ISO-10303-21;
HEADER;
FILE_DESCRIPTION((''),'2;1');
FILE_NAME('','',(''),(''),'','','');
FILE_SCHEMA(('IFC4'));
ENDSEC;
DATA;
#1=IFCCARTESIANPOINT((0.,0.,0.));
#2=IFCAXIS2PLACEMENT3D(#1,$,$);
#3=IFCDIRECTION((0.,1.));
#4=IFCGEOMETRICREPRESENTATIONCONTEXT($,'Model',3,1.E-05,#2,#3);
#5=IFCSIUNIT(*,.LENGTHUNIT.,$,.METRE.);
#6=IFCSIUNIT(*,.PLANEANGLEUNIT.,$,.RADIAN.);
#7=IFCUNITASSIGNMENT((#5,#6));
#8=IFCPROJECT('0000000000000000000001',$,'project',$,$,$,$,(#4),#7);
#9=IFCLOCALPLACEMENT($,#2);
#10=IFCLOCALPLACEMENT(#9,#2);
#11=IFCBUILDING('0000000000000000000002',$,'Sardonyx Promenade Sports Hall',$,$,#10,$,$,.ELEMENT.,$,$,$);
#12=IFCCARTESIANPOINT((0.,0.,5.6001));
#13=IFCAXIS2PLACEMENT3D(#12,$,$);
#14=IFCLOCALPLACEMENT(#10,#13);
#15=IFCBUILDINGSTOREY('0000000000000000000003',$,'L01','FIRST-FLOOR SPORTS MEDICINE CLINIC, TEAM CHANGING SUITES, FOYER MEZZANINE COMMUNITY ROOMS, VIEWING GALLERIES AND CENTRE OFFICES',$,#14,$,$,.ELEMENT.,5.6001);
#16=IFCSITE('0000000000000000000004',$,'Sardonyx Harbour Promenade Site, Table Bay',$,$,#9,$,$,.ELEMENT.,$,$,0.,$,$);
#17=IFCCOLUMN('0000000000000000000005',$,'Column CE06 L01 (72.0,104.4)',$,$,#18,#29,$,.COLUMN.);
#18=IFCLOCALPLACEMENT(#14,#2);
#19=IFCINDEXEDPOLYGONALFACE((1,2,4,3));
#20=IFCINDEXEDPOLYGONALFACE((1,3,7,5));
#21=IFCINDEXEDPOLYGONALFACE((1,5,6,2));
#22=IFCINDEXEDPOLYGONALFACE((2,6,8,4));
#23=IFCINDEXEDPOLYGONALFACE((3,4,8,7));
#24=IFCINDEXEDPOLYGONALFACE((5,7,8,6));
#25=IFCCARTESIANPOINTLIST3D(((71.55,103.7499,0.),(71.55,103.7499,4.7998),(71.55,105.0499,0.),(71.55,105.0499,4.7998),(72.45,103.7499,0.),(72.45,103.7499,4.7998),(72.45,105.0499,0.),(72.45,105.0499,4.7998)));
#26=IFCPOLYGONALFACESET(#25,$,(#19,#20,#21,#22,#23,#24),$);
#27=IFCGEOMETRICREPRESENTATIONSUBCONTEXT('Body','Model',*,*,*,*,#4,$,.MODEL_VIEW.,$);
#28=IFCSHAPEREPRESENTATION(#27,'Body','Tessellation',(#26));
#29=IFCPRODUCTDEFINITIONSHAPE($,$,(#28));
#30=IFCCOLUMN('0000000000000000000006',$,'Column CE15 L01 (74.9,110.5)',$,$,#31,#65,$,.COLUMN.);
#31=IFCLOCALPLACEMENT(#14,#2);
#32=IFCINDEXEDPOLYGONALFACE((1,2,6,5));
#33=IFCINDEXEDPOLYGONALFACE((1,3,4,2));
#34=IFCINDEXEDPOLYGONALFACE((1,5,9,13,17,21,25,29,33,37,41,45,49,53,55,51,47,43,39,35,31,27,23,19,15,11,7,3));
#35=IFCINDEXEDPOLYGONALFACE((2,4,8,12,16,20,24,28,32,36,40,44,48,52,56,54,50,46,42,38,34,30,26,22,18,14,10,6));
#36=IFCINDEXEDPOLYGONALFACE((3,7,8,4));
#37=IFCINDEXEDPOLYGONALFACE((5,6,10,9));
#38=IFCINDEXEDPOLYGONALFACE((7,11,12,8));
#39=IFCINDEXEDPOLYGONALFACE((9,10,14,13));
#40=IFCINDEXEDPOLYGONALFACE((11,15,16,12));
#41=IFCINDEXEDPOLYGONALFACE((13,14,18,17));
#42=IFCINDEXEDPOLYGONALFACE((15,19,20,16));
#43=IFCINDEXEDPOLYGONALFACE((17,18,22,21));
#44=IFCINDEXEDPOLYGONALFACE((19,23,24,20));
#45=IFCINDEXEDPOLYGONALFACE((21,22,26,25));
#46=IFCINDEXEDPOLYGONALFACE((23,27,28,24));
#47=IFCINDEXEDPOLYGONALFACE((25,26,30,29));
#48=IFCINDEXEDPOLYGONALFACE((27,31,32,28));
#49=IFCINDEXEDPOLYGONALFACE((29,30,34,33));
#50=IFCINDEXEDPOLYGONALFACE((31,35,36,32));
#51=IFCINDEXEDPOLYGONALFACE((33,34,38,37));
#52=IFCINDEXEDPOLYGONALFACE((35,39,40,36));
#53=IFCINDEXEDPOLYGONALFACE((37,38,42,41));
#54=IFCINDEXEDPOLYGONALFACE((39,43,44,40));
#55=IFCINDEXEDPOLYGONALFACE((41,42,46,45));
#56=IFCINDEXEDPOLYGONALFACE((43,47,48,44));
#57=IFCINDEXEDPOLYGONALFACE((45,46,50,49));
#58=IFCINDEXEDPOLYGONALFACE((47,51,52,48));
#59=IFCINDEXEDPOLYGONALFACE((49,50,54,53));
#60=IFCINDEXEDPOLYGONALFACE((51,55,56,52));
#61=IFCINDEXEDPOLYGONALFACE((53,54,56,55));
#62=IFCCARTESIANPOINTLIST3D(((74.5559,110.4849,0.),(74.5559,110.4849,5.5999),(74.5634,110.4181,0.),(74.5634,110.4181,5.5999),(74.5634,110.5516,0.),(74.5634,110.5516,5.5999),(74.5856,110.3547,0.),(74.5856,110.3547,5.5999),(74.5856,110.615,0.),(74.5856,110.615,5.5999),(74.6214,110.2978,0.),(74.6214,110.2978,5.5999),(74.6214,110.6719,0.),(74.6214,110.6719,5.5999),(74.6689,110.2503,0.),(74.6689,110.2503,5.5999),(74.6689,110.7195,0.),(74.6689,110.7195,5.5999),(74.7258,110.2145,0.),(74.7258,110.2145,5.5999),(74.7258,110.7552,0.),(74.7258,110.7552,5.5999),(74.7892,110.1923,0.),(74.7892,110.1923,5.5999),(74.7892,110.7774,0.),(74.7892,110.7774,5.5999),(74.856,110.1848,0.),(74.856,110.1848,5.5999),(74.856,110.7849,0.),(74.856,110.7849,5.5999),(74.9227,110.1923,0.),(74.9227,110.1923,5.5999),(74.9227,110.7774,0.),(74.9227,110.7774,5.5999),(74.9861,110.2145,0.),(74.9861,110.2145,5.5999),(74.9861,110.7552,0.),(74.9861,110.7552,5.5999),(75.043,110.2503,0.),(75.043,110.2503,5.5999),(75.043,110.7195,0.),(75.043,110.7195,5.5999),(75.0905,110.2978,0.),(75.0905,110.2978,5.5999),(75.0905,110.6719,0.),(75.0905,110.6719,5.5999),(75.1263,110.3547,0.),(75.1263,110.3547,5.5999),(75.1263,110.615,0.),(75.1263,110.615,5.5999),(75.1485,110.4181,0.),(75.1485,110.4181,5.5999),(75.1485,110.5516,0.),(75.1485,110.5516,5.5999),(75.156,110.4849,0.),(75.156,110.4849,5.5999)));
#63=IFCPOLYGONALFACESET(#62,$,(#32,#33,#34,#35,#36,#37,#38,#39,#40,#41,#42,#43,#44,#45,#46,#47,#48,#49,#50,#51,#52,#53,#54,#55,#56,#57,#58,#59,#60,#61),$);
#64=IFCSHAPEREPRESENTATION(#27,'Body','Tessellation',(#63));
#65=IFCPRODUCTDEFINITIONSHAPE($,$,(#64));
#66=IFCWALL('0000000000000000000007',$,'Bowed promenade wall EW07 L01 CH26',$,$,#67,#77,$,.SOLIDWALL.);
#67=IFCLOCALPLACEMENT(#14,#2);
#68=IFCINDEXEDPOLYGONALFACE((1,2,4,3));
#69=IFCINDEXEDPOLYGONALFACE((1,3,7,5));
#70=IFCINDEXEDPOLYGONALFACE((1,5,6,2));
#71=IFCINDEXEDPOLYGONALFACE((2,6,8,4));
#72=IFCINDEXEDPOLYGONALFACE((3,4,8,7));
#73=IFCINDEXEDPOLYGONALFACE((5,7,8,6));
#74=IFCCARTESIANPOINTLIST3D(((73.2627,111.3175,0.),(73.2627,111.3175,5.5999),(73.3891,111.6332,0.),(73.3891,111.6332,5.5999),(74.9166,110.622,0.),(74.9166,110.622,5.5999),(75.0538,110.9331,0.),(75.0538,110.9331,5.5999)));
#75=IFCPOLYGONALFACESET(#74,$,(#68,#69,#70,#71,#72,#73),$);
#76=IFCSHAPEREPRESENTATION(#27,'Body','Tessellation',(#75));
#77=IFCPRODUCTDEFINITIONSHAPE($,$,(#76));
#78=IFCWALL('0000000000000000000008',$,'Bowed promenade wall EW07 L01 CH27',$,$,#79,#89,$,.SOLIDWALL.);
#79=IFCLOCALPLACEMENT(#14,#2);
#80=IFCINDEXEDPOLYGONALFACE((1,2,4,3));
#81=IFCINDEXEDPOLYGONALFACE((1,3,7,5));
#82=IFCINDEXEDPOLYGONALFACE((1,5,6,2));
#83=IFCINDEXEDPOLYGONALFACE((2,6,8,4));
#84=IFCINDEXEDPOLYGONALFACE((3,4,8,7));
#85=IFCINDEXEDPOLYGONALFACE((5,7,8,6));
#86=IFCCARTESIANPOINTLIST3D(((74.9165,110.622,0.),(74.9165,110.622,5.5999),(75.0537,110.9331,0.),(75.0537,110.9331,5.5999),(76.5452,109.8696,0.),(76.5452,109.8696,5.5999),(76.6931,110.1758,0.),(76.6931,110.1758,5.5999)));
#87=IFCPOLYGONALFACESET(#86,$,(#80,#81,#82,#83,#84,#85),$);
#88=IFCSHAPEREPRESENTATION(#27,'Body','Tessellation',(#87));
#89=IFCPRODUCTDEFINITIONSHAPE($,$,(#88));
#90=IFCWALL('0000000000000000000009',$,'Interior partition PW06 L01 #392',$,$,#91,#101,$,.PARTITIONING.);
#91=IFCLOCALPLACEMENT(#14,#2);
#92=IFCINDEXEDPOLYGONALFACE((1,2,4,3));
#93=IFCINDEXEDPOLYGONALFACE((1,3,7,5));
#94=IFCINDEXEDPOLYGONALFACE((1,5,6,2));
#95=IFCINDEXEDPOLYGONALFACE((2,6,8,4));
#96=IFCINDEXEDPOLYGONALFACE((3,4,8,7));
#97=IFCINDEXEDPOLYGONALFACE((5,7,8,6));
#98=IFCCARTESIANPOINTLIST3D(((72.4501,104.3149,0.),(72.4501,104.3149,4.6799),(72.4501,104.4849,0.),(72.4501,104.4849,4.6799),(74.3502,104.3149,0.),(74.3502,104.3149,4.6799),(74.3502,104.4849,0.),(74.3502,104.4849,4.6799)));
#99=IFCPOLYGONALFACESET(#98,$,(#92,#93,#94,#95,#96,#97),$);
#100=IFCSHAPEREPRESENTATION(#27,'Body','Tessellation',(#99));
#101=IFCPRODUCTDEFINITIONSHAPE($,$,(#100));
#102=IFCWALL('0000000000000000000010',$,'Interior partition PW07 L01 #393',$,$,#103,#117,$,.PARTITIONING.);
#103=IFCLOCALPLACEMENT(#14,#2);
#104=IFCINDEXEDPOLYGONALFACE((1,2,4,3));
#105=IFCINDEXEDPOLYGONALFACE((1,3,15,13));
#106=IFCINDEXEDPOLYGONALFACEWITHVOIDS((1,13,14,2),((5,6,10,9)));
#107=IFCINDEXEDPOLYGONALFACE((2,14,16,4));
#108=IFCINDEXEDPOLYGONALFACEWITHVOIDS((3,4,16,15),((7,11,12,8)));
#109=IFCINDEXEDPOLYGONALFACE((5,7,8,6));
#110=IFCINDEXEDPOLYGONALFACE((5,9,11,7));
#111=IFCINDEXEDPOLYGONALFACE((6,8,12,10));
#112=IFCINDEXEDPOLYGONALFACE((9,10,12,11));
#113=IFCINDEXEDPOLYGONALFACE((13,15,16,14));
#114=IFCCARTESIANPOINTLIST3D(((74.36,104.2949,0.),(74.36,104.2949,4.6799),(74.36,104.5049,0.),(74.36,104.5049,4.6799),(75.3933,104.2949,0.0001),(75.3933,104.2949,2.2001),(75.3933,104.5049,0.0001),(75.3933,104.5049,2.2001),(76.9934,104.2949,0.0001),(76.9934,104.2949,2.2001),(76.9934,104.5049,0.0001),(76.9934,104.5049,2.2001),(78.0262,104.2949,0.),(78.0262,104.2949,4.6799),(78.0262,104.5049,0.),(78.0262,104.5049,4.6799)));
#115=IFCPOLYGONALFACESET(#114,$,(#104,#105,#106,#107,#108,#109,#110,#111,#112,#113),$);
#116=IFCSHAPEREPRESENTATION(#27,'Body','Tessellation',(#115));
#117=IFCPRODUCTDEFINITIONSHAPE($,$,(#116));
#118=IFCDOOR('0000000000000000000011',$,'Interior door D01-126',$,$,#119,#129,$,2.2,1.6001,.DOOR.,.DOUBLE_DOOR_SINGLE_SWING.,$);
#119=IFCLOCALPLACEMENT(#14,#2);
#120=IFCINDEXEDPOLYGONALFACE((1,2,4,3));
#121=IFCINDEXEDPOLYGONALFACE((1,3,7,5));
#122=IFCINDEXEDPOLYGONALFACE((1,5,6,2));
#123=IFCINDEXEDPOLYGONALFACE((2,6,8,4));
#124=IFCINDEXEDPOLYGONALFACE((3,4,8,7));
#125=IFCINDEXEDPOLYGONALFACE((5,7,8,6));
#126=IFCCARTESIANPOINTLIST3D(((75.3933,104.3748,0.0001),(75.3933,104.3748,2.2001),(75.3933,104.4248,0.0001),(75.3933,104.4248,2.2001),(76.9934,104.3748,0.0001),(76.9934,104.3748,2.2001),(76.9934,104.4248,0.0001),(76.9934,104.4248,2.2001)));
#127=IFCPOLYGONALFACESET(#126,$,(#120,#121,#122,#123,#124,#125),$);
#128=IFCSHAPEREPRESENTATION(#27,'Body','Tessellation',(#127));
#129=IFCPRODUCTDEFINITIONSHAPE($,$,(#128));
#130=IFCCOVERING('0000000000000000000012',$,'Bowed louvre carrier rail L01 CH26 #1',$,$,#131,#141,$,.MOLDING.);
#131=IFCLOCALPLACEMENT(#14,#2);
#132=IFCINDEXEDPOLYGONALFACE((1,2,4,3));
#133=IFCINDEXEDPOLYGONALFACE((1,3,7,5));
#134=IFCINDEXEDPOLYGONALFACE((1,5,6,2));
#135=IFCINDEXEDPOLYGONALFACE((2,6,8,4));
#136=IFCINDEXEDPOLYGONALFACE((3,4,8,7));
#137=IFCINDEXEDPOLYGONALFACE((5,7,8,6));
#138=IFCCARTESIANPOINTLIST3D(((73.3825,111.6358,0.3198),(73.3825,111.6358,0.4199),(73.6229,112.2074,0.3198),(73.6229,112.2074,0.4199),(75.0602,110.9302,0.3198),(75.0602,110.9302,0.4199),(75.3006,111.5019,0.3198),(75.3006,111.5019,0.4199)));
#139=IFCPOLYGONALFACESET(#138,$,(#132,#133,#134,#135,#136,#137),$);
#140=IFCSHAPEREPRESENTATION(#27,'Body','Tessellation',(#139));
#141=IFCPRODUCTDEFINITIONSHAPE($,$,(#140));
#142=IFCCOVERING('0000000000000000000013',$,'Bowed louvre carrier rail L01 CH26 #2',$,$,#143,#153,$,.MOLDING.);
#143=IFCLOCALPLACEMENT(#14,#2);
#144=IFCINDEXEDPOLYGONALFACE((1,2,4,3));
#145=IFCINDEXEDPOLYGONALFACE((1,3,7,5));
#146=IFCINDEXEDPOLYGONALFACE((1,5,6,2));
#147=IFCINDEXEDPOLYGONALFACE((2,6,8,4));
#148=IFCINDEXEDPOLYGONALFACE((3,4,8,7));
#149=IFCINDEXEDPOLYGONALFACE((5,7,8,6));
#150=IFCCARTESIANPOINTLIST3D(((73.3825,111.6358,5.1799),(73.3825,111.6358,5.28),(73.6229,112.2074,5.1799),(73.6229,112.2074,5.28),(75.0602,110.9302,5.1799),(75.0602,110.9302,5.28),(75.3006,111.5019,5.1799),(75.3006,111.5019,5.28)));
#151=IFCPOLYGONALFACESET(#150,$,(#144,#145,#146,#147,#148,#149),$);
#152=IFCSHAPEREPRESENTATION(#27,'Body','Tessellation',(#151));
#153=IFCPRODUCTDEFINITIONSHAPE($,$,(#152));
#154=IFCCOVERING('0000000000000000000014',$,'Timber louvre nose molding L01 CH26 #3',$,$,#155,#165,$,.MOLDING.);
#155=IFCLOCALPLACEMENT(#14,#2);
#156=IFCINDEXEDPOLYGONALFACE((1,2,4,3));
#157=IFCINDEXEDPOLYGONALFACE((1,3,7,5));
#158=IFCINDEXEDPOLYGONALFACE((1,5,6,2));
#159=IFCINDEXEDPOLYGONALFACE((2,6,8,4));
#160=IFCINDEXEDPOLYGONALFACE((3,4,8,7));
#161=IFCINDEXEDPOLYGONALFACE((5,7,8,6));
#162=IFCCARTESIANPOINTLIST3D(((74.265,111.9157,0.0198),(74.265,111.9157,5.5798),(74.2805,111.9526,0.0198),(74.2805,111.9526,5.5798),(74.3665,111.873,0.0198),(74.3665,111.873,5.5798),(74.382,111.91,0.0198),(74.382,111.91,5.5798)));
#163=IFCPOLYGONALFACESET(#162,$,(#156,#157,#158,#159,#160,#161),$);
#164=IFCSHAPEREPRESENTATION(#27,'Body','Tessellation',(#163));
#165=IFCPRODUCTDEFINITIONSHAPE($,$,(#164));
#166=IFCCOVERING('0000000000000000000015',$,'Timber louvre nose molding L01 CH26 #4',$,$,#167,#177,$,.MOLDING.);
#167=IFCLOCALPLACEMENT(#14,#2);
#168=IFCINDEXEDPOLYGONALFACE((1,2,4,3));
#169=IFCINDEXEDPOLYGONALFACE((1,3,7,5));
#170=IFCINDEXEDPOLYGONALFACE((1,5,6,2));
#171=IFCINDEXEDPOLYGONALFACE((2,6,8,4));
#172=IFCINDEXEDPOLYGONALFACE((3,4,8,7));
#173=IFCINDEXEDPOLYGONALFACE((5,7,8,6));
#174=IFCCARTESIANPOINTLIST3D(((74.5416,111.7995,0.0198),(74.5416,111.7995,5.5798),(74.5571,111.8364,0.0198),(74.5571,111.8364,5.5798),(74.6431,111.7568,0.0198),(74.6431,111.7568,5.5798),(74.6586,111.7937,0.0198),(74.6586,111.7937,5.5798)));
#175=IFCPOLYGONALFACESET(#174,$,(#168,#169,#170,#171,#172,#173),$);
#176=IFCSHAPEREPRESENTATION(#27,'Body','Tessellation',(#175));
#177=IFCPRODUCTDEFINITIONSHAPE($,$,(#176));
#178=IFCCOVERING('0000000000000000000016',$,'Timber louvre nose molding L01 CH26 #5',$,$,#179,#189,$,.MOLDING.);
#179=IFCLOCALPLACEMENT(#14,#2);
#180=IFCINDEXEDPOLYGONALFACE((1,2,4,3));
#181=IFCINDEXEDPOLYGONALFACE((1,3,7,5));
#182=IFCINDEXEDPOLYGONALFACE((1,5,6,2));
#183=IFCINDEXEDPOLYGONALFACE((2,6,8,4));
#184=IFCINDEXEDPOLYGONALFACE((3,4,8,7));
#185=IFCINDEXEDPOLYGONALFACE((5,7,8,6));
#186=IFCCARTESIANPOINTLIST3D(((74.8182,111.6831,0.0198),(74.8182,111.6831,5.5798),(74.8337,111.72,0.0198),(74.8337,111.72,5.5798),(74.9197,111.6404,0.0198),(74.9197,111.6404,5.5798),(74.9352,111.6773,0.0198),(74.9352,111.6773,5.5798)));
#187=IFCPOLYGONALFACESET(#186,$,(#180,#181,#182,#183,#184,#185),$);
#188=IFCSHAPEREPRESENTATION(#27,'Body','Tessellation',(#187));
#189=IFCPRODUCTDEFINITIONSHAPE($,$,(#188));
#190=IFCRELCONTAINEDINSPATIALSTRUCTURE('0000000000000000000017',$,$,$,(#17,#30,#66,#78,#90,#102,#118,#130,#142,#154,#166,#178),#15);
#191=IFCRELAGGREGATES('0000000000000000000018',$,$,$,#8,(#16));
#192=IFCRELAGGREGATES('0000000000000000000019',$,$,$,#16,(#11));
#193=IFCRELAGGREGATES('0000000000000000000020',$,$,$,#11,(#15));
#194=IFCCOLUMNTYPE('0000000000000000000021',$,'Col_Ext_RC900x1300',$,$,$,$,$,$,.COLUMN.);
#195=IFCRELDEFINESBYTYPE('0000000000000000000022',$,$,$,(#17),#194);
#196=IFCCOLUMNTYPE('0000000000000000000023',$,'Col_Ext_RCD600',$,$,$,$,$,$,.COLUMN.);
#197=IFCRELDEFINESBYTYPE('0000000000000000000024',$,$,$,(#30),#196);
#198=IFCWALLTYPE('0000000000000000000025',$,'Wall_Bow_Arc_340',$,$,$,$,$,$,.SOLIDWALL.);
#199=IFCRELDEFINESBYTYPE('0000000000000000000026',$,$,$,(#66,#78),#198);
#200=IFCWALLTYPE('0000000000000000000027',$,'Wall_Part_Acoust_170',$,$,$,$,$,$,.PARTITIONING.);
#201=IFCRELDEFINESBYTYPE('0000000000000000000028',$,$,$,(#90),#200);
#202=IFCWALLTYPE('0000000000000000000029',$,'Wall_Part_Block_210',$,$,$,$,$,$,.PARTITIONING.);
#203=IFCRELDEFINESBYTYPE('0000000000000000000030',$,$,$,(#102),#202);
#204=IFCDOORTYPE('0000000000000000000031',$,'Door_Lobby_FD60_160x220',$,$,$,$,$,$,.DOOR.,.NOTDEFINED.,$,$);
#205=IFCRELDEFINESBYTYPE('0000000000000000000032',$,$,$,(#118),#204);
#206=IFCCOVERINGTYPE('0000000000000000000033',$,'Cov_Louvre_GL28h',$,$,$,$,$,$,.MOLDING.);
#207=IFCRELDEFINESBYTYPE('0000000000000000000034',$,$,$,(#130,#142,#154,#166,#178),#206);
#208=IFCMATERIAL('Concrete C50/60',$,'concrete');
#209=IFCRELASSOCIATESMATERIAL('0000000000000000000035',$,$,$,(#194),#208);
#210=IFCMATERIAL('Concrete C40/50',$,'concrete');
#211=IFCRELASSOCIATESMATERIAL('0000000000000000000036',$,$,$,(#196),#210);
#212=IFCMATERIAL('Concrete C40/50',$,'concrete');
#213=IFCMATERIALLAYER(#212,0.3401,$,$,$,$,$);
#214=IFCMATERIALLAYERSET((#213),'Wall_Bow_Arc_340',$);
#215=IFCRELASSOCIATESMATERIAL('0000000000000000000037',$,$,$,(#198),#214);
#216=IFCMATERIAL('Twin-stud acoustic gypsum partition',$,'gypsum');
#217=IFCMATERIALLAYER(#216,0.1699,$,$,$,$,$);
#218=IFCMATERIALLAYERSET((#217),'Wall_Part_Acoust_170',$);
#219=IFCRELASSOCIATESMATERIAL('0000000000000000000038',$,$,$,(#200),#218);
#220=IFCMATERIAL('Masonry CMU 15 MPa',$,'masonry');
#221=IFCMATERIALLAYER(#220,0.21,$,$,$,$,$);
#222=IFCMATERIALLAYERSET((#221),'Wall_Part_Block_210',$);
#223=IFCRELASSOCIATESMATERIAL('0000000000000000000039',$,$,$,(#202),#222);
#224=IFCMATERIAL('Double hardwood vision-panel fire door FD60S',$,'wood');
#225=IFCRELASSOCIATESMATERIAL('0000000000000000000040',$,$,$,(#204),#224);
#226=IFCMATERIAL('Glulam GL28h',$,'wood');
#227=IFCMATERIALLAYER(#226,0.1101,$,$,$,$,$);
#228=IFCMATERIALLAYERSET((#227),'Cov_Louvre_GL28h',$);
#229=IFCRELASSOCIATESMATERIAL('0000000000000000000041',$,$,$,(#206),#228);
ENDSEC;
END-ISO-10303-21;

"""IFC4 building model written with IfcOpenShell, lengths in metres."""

from ifc_helpers import new_model, si_unit, direction, frame, frame_2d, origin, origin_2d, place, context, subcontext, project, spatial, polyline, rectangle, circle, outline, extrude, material, layer, layer_set, material_profile, profile_set, type_object, element, fill, save


model = new_model("IFC4")

# Units and contexts
model_context = context("Model", 3, precision=1e-05, world=origin(), true_north=direction((0.0, 1.0)))
body_context = subcontext(model_context, "Body", "Model", "MODEL_VIEW")
ifc_project = project(units=[si_unit("LENGTHUNIT", "METRE"), si_unit("PLANEANGLEUNIT", "RADIAN")], contexts=[model_context])

# Site, building, storey
site_placement = place(None, origin())
site = spatial("IfcSite", under=ifc_project, at=site_placement, Name="Sardonyx Harbour Promenade Site, Table Bay", CompositionType="ELEMENT", RefElevation=0.0)
building_placement = place(site_placement, origin())
building = spatial("IfcBuilding", under=site, at=building_placement, Name="Sardonyx Promenade Sports Hall", CompositionType="ELEMENT")
storey_placement = place(building_placement, frame((0.0, 0.0, 5.6001)))
storey = spatial("IfcBuildingStorey", under=building, at=storey_placement, Name="L01", Description="FIRST-FLOOR SPORTS MEDICINE CLINIC, TEAM CHANGING SUITES, FOYER MEZZANINE COMMUNITY ROOMS, VIEWING GALLERIES AND CENTRE OFFICES", CompositionType="ELEMENT", Elevation=5.6001)

# Columns
ifc_material_1 = material(Name="Concrete C50/60", Category="concrete")
ifc_material_profile_1 = material_profile(ifc_material_1, rectangle(XDim=0.8999, YDim=1.3, at=origin_2d()))
ifc_profile_set_1 = profile_set([ifc_material_profile_1], Name="Concrete C50/60")
column_type_1 = type_object("IfcColumnType", Name="Col_Ext_RC900x1300", PredefinedType="COLUMN", material=ifc_profile_set_1)
column_1_placement = place(storey_placement, frame((72.0, 104.3999, 0.0), z_axis=(0.0, 0.0, 1.0), x_axis=(1.0, 0.0, 0.0)))
element("IfcColumn", 1, at=column_1_placement, inside=storey, type_object=column_type_1, Name="Column CE06 L01 (72.0,104.4)", PredefinedType="COLUMN", context=body_context, shape_type="SweptSolid", body=[
    extrude(rectangle(XDim=0.8999, YDim=1.3, at=origin_2d()), origin(), (0.0, 0.0, 1.0), 4.7998),
])
ifc_material_2 = material(Name="Concrete C40/50", Category="concrete")
ifc_material_profile_2 = material_profile(ifc_material_2, circle(Radius=0.3, at=origin_2d()))
ifc_profile_set_2 = profile_set([ifc_material_profile_2], Name="Concrete C40/50")
column_type_2 = type_object("IfcColumnType", Name="Col_Ext_RCD600", PredefinedType="COLUMN", material=ifc_profile_set_2)
column_2_placement = place(storey_placement, frame((74.856, 110.4849, 0.0), z_axis=(0.0, 0.0, 1.0), x_axis=(1.0, 0.0, 0.0)))
element("IfcColumn", 2, at=column_2_placement, inside=storey, type_object=column_type_2, Name="Column CE15 L01 (74.9,110.5)", PredefinedType="COLUMN", context=body_context, shape_type="SweptSolid", body=[
    extrude(circle(Radius=0.3, at=origin_2d()), origin(), (0.0, 0.0, 1.0), 5.5999),
])

# Walls
ifc_material_3 = material(Name="Concrete C40/50", Category="concrete")
ifc_layer_1 = layer(ifc_material_3, 0.3401)
ifc_layer_set_1 = layer_set([ifc_layer_1], Name="Wall_Bow_Arc_340")
wall_type_1 = type_object("IfcWallType", Name="Wall_Bow_Arc_340", PredefinedType="SOLIDWALL", material=ifc_layer_set_1)
wall_1_placement = place(storey_placement, frame((73.3259, 111.4753, 0.0), z_axis=(0.0, 0.0, 1.0), x_axis=(0.921804, -0.387657, 0.0)))
element("IfcWall", 3, at=wall_1_placement, inside=storey, type_object=wall_type_1, Name="Bowed promenade wall EW07 L01 CH26", PredefinedType="SOLIDWALL", context=body_context, shape_type="SweptSolid", body=[
    extrude(outline(polyline([(0.0029, -0.17), (1.7971, -0.17), (1.8029, 0.17), (-0.0029, 0.17), (0.0029, -0.17)])), origin(), (0.0, 0.0, 1.0), 5.5999),
])
wall_2_placement = place(storey_placement, frame((74.9851, 110.7776, 0.0), z_axis=(0.0, 0.0, 1.0), x_axis=(0.907808, -0.419385, 0.0)))
element("IfcWall", 4, at=wall_2_placement, inside=storey, type_object=wall_type_1, Name="Bowed promenade wall EW07 L01 CH27", PredefinedType="SOLIDWALL", context=body_context, shape_type="SweptSolid", body=[
    extrude(outline(polyline([(0.0029, -0.17), (1.7971, -0.17), (1.8029, 0.17), (-0.0029, 0.17), (0.0029, -0.17)])), origin(), (0.0, 0.0, 1.0), 5.5999),
])
ifc_material_4 = material(Name="Twin-stud acoustic gypsum partition", Category="gypsum")
ifc_layer_2 = layer(ifc_material_4, 0.1699)
ifc_layer_set_2 = layer_set([ifc_layer_2], Name="Wall_Part_Acoust_170")
wall_type_2 = type_object("IfcWallType", Name="Wall_Part_Acoust_170", PredefinedType="PARTITIONING", material=ifc_layer_set_2)
wall_3_placement = place(storey_placement, frame((72.45, 104.3999, 0.0), z_axis=(0.0, 0.0, 1.0), x_axis=(1.0, 0.0, 0.0)))
element("IfcWall", 5, at=wall_3_placement, inside=storey, type_object=wall_type_2, Name="Interior partition PW06 L01 #392", PredefinedType="PARTITIONING", context=body_context, shape_type="SweptSolid", body=[
    extrude(rectangle(XDim=1.9001, YDim=0.1699, at=frame_2d((0.9502, 0.0))), origin(), (0.0, 0.0, 1.0), 4.6799),
])

# Wall, opening, door
ifc_material_5 = material(Name="Masonry CMU 15 MPa", Category="masonry")
ifc_layer_3 = layer(ifc_material_5, 0.21)
ifc_layer_set_3 = layer_set([ifc_layer_3], Name="Wall_Part_Block_210")
wall_type_3 = type_object("IfcWallType", Name="Wall_Part_Block_210", PredefinedType="PARTITIONING", material=ifc_layer_set_3)
wall_4_placement = place(storey_placement, frame((74.3601, 104.3999, 0.0), z_axis=(0.0, 0.0, 1.0), x_axis=(1.0, 0.0, 0.0)))
wall_4 = element("IfcWall", 6, at=wall_4_placement, inside=storey, type_object=wall_type_3, Name="Interior partition PW07 L01 #393", PredefinedType="PARTITIONING", context=body_context, shape_type="SweptSolid", body=[
    extrude(rectangle(XDim=3.6663, YDim=0.21, at=frame_2d((1.833, 0.0))), origin(), (0.0, 0.0, 1.0), 4.6799),
])
opening_placement = place(wall_4_placement, frame((1.0332, 0.0, 0.0)))
opening = element("IfcOpeningElement", 7, at=opening_placement, cuts=wall_4, PredefinedType="OPENING", context=body_context, shape_type="SweptSolid", body=[
    extrude(rectangle(XDim=1.6001, YDim=2.2, at=frame_2d((0.8, 1.1001))), frame((0.0, 0.115, 0.0), z_axis=(0.0, -1.0, 0.0), x_axis=(1.0, 0.0, 0.0)), (0.0, 0.0, 1.0), 0.23),
])
ifc_material_6 = material(Name="Double hardwood vision-panel fire door FD60S", Category="wood")
door_type = type_object("IfcDoorType", Name="Door_Lobby_FD60_160x220", OperationType="NOTDEFINED", PredefinedType="DOOR", material=ifc_material_6)
door_placement = place(opening_placement, origin())
door = element("IfcDoor", 8, at=door_placement, inside=storey, type_object=door_type, Name="Interior door D01-126", OperationType="DOUBLE_DOOR_SINGLE_SWING", OverallHeight=2.2, OverallWidth=1.6001, PredefinedType="DOOR", context=body_context, shape_type="SweptSolid", body=[
    extrude(rectangle(XDim=1.6001, YDim=2.2, at=frame_2d((0.8, 1.1001))), frame((0.0, 0.0249, 0.0), z_axis=(0.0, -1.0, 0.0), x_axis=(1.0, 0.0, 0.0)), (0.0, 0.0, 1.0), 0.05),
])
fill(opening, door)

# Coverings
ifc_material_7 = material(Name="Glulam GL28h", Category="wood")
ifc_layer_4 = layer(ifc_material_7, 0.1101)
ifc_layer_set_4 = layer_set([ifc_layer_4], Name="Cov_Louvre_GL28h")
covering_type = type_object("IfcCoveringType", Name="Cov_Louvre_GL28h", PredefinedType="MOLDING", material=ifc_layer_set_4)
for number, where, z_axis, x_axis, name in (
    (9, (74.3416, 111.5688, 0.3198), (0.0, 0.0, 1.0), (0.9218, -0.387665, 0.0), "Bowed louvre carrier rail L01 CH26 #1"),
    (10, (74.3416, 111.5688, 5.1799), (0.0, 0.0, 1.0), (0.9218, -0.387665, 0.0), "Bowed louvre carrier rail L01 CH26 #2"),
):
    element("IfcCovering", number, at=place(storey_placement, frame(where, z_axis=z_axis, x_axis=x_axis)), inside=storey, type_object=covering_type, Name=name, PredefinedType="MOLDING", context=body_context, shape_type="SweptSolid", body=[
        extrude(rectangle(XDim=1.8201, YDim=0.6201, at=origin_2d()), origin(), (0.0, 0.0, 1.0), 0.1001),
    ])
for number, where, z_axis, x_axis, name in (
    (11, (74.3235, 111.9128, 0.0198), (0.0, 0.0, 1.0), (0.9218, -0.387665, 0.0), "Timber louvre nose molding L01 CH26 #3"),
    (12, (74.6001, 111.7966, 0.0198), (0.0, 0.0, 1.0), (0.9218, -0.387665, 0.0), "Timber louvre nose molding L01 CH26 #4"),
    (13, (74.8767, 111.6802, 0.0198), (0.0, 0.0, 1.0), (0.9218, -0.387665, 0.0), "Timber louvre nose molding L01 CH26 #5"),
):
    element("IfcCovering", number, at=place(storey_placement, frame(where, z_axis=z_axis, x_axis=x_axis)), inside=storey, type_object=covering_type, Name=name, PredefinedType="MOLDING", context=body_context, shape_type="SweptSolid", body=[
        extrude(rectangle(XDim=0.1101, YDim=0.04, at=origin_2d()), origin(), (0.0, 0.0, 1.0), 5.5601),
    ])

save(model, "model.ifc")
